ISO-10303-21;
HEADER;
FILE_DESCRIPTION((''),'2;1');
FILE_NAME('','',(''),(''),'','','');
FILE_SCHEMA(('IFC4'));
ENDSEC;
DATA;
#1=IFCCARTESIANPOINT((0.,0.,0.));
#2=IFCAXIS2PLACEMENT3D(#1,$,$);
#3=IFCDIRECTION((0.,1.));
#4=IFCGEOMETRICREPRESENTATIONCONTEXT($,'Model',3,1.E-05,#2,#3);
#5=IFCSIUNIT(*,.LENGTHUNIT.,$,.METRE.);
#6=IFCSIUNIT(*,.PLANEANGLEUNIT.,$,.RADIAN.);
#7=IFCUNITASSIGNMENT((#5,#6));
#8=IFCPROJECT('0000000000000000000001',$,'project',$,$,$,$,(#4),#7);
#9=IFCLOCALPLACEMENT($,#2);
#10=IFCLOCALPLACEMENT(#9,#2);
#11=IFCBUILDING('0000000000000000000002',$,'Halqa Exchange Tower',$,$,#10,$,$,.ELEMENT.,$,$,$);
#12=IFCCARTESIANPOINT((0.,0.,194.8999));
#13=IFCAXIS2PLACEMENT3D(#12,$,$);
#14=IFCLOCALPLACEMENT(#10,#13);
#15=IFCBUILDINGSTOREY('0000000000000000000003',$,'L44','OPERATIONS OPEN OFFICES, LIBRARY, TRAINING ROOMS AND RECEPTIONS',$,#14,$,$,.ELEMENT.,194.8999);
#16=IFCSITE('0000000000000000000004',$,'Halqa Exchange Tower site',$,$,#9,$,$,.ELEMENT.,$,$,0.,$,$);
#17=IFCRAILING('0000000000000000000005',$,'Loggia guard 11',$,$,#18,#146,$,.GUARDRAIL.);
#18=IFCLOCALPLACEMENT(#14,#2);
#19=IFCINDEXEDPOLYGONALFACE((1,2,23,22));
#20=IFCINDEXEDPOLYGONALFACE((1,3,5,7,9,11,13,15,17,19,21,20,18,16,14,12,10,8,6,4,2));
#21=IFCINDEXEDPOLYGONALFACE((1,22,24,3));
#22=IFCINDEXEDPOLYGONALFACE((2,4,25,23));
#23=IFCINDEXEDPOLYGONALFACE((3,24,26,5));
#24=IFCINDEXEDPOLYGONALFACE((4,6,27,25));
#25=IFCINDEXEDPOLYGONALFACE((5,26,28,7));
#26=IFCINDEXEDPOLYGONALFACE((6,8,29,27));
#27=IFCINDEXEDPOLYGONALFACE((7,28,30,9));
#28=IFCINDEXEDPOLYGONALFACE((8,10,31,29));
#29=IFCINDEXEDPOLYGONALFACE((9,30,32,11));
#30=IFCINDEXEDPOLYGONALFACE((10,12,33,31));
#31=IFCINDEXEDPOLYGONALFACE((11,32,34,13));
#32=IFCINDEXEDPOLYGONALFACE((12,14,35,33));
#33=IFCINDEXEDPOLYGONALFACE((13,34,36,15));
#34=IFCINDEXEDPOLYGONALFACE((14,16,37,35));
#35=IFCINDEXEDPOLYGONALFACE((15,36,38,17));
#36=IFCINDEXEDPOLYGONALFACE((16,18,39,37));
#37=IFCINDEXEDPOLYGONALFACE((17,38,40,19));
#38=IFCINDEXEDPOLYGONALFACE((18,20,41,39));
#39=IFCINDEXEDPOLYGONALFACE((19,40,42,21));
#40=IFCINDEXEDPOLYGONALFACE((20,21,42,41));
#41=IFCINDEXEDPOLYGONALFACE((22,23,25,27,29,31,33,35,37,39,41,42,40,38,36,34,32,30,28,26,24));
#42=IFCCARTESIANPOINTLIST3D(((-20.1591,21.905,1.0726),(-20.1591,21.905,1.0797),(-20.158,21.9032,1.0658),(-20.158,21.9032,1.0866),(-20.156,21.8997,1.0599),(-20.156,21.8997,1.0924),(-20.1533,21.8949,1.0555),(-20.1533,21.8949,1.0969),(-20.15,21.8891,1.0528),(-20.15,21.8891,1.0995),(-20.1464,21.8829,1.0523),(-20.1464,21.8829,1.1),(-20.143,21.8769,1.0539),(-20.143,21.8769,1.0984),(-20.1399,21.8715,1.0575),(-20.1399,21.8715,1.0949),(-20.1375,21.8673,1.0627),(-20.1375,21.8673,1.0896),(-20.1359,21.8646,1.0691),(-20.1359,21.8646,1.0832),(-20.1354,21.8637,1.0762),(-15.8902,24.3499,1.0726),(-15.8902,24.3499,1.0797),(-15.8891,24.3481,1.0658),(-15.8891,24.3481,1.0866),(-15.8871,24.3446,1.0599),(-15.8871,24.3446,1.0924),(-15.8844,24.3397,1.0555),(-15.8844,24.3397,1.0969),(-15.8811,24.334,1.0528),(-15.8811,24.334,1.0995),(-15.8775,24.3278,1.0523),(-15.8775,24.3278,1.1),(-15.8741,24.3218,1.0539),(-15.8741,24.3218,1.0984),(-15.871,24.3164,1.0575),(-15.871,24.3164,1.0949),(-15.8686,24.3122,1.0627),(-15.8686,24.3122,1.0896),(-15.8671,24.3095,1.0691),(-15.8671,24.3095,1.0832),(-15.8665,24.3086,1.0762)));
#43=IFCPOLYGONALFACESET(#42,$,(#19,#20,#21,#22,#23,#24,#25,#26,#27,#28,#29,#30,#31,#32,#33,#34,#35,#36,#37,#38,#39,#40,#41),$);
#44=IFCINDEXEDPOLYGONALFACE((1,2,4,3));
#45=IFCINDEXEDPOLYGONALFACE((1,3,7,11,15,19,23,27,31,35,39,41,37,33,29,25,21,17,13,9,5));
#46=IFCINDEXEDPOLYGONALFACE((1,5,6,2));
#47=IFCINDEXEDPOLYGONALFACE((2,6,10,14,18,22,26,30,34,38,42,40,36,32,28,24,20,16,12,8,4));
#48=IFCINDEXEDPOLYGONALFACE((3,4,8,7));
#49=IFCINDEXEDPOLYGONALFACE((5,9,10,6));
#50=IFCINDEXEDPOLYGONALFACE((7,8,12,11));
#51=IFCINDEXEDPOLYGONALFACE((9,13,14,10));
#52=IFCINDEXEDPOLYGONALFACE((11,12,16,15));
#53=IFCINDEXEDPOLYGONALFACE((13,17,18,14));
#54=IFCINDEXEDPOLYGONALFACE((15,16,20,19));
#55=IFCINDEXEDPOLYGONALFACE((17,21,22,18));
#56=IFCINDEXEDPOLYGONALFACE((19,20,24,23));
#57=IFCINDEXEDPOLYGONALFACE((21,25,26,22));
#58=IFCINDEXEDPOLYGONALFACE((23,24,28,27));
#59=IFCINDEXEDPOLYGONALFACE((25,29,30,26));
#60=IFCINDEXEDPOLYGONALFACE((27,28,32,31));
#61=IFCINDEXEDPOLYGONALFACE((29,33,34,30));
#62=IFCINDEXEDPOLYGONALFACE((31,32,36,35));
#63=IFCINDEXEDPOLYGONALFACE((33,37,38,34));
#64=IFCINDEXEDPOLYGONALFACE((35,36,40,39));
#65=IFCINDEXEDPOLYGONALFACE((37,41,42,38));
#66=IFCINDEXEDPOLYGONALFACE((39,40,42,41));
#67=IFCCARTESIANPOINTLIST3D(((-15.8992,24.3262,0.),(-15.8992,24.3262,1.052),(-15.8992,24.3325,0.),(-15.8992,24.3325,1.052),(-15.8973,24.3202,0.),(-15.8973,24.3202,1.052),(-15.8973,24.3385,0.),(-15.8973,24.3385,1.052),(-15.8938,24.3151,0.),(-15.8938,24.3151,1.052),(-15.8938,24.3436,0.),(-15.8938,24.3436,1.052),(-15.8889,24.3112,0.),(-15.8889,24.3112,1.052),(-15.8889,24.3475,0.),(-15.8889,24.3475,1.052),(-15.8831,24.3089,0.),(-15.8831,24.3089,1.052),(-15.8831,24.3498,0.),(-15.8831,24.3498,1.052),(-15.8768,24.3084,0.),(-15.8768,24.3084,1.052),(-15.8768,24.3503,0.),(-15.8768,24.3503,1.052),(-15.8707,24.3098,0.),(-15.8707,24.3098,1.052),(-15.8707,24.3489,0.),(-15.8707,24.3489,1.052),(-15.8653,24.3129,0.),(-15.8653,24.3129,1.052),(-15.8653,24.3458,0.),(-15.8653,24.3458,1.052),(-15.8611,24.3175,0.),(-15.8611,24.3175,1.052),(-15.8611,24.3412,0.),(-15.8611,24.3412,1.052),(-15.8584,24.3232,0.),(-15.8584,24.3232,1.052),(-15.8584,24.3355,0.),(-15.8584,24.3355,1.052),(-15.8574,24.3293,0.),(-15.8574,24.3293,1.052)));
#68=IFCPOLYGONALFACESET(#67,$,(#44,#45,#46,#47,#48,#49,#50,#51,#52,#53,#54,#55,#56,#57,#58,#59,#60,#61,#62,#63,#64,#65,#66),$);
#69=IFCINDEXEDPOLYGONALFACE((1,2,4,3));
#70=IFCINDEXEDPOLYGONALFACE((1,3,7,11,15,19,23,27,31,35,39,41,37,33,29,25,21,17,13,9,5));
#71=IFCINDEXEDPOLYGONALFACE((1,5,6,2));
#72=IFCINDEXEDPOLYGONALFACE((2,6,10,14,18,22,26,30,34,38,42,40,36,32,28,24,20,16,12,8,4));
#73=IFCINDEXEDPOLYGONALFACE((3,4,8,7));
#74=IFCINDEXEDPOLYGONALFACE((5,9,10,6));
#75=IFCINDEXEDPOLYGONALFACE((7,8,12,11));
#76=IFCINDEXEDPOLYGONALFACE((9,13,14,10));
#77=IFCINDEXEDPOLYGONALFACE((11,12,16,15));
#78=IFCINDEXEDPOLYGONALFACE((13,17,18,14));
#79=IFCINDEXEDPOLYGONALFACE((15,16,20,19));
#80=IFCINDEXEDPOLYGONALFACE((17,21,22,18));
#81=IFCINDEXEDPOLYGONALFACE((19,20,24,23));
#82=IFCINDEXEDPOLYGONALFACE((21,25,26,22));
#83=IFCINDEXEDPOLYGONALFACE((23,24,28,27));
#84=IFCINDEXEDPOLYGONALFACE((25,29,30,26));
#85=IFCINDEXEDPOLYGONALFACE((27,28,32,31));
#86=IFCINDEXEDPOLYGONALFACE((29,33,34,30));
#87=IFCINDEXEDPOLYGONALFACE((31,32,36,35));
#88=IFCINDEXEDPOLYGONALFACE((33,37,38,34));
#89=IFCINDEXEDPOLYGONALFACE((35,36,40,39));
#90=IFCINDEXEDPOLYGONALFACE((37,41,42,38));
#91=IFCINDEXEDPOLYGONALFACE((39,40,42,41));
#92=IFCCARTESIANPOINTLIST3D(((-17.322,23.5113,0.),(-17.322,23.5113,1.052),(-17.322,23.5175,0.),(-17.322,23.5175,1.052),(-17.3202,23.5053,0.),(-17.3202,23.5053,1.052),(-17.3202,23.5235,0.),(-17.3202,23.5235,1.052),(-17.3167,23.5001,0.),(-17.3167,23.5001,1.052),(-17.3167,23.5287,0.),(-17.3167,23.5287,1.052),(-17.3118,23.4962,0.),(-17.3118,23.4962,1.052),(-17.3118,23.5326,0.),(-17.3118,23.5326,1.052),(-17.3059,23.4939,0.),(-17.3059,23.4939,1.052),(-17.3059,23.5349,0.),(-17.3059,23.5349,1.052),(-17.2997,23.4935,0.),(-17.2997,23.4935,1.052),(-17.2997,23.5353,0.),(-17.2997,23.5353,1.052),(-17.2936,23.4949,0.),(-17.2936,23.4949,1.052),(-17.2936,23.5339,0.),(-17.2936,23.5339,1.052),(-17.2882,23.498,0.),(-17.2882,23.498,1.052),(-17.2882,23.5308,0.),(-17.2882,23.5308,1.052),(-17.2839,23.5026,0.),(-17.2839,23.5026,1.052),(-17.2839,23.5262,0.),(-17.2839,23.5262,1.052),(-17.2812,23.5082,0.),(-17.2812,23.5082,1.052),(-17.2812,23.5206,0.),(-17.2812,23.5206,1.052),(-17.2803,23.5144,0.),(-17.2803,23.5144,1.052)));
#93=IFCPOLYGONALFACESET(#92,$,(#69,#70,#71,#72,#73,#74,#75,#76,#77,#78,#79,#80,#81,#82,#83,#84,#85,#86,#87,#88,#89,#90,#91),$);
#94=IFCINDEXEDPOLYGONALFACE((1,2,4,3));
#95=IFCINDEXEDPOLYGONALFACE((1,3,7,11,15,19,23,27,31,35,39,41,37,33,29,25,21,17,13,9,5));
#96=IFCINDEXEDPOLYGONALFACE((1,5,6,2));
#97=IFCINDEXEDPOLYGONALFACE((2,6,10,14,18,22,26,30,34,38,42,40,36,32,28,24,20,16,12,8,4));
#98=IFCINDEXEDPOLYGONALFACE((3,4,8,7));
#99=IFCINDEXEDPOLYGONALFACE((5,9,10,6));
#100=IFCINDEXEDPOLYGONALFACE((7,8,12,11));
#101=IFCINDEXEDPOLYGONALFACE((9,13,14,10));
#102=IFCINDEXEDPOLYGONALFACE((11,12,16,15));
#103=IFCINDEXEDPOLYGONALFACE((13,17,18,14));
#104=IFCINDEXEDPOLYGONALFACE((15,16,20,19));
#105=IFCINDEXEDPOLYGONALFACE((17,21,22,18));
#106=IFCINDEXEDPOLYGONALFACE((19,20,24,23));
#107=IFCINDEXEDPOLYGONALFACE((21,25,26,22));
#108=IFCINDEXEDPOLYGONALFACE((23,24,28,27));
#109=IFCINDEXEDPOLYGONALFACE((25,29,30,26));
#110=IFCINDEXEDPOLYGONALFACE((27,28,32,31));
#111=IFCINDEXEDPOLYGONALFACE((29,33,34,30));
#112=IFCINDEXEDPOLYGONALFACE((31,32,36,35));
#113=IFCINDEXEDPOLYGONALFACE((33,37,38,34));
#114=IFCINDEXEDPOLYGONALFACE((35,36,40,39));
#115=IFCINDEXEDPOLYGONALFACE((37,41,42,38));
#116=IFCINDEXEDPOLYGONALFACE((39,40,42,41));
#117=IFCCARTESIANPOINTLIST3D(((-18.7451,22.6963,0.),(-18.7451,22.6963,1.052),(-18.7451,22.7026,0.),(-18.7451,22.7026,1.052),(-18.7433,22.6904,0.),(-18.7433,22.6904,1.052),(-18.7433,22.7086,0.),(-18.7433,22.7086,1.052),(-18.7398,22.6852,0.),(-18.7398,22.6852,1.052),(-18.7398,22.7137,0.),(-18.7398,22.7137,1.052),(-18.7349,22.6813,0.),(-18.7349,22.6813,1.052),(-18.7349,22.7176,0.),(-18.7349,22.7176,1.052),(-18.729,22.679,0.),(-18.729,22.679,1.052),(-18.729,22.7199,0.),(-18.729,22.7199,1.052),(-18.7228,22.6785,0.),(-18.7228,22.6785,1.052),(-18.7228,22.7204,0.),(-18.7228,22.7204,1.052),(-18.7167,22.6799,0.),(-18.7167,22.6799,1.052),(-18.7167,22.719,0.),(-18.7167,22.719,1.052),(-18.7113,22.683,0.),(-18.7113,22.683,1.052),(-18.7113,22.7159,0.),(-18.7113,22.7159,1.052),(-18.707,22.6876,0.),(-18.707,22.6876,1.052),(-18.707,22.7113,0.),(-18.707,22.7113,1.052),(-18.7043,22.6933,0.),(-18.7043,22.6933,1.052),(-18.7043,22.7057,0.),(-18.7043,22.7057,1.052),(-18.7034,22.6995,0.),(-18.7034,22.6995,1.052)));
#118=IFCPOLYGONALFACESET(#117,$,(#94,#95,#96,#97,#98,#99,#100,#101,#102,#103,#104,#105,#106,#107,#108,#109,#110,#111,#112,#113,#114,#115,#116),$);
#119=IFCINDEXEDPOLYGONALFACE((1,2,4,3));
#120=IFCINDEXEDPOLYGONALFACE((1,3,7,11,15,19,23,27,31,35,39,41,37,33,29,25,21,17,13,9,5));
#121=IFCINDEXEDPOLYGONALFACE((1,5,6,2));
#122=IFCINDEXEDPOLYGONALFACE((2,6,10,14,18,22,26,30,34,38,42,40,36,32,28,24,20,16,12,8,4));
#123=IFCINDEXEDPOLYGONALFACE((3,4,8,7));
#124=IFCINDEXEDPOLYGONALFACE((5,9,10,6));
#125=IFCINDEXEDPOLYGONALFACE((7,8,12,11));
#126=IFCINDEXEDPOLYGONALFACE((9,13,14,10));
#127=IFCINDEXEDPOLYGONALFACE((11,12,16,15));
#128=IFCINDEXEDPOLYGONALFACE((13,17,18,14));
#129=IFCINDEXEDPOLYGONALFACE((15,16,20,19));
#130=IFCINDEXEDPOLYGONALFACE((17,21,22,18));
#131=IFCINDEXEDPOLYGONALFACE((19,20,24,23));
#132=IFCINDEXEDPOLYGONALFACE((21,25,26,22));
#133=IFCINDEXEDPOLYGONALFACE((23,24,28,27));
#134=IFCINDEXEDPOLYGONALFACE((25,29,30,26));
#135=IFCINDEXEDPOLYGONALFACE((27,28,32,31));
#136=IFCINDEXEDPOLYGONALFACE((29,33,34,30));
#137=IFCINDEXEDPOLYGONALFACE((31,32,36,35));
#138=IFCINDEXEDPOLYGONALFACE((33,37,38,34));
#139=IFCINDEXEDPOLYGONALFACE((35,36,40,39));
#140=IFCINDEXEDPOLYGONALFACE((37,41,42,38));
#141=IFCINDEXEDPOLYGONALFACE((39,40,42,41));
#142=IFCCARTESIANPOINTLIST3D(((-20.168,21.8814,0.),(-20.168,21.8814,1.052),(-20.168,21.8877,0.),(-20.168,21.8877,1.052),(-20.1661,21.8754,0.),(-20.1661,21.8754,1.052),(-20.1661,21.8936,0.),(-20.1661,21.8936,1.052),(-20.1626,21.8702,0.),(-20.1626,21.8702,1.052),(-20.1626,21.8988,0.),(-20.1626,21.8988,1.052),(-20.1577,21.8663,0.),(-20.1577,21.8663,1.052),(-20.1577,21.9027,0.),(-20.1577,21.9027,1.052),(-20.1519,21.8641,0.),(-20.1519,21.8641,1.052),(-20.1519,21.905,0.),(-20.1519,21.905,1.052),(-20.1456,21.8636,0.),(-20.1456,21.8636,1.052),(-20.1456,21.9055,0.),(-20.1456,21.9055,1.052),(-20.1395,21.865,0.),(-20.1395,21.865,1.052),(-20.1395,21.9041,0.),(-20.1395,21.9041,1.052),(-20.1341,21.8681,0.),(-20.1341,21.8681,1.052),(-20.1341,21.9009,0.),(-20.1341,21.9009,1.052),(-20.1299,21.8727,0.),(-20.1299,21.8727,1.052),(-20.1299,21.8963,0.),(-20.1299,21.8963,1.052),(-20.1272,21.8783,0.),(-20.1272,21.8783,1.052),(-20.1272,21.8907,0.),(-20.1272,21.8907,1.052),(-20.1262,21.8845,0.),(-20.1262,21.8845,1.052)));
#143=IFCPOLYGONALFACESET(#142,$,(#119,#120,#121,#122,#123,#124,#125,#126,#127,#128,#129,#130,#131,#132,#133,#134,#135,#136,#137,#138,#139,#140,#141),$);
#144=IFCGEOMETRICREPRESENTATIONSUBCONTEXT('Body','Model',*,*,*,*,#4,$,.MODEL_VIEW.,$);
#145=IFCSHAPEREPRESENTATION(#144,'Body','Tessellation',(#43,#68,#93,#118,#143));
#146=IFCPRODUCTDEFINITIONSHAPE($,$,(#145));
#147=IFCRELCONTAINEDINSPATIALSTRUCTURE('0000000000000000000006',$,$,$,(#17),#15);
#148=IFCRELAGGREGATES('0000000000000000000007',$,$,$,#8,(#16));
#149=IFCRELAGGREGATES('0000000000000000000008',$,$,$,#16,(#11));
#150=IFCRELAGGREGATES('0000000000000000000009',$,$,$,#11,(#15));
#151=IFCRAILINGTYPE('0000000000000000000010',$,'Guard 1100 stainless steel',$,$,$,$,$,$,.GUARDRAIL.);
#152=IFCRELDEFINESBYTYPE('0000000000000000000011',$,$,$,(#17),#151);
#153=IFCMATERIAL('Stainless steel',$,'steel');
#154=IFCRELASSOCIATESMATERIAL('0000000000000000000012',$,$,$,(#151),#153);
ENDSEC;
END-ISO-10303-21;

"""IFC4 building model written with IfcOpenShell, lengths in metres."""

from ifc_helpers import new_model, si_unit, direction, frame, origin, origin_2d, place, context, subcontext, project, spatial, circle, extrude, material, type_object, element, save


model = new_model("IFC4")

# Units and contexts
model_context = context("Model", 3, precision=1e-05, world=origin(), true_north=direction((0.0, 1.0)))
body_context = subcontext(model_context, "Body", "Model", "MODEL_VIEW")
ifc_project = project(units=[si_unit("LENGTHUNIT", "METRE"), si_unit("PLANEANGLEUNIT", "RADIAN")], contexts=[model_context])

# Site, building, storey
site_placement = place(None, origin())
site = spatial("IfcSite", under=ifc_project, at=site_placement, Name="Halqa Exchange Tower site", CompositionType="ELEMENT", RefElevation=0.0)
building_placement = place(site_placement, origin())
building = spatial("IfcBuilding", under=site, at=building_placement, Name="Halqa Exchange Tower", CompositionType="ELEMENT")
storey_placement = place(building_placement, frame((0.0, 0.0, 194.8999)))
storey = spatial("IfcBuildingStorey", under=building, at=storey_placement, Name="L44", Description="OPERATIONS OPEN OFFICES, LIBRARY, TRAINING ROOMS AND RECEPTIONS", CompositionType="ELEMENT", Elevation=194.8999)

# Railing
ifc_material_1 = material(Name="Stainless steel", Category="steel")
railing_type = type_object("IfcRailingType", Name="Guard 1100 stainless steel", PredefinedType="GUARDRAIL", material=ifc_material_1)
railing_1_placement = place(storey_placement, frame((-15.8784, 24.3293, 0.0)))
element("IfcRailing", 1, at=railing_1_placement, inside=storey, type_object=railing_type, Name="Loggia guard 11", PredefinedType="GUARDRAIL", context=body_context, shape_type="SweptSolid", body=[
    extrude(circle(Radius=0.0239, at=origin_2d()), frame((0.0, 0.0, 1.0762), z_axis=(-0.86776, -0.496983, 0.0), x_axis=(0.496983, -0.86776, 0.0)), (0.0, 0.0, 1.0), 4.9194),
    extrude(circle(Radius=0.021, at=origin_2d()), origin(), (0.0, 0.0, 1.0), 1.052),
    extrude(circle(Radius=0.021, at=origin_2d()), frame((-1.4229, -0.8149, 0.0)), (0.0, 0.0, 1.0), 1.052),
    extrude(circle(Radius=0.021, at=origin_2d()), frame((-2.8459, -1.6299, 0.0)), (0.0, 0.0, 1.0), 1.052),
    extrude(circle(Radius=0.021, at=origin_2d()), frame((-4.2688, -2.4448, 0.0)), (0.0, 0.0, 1.0), 1.052),
])

save(model, "model.ifc")
